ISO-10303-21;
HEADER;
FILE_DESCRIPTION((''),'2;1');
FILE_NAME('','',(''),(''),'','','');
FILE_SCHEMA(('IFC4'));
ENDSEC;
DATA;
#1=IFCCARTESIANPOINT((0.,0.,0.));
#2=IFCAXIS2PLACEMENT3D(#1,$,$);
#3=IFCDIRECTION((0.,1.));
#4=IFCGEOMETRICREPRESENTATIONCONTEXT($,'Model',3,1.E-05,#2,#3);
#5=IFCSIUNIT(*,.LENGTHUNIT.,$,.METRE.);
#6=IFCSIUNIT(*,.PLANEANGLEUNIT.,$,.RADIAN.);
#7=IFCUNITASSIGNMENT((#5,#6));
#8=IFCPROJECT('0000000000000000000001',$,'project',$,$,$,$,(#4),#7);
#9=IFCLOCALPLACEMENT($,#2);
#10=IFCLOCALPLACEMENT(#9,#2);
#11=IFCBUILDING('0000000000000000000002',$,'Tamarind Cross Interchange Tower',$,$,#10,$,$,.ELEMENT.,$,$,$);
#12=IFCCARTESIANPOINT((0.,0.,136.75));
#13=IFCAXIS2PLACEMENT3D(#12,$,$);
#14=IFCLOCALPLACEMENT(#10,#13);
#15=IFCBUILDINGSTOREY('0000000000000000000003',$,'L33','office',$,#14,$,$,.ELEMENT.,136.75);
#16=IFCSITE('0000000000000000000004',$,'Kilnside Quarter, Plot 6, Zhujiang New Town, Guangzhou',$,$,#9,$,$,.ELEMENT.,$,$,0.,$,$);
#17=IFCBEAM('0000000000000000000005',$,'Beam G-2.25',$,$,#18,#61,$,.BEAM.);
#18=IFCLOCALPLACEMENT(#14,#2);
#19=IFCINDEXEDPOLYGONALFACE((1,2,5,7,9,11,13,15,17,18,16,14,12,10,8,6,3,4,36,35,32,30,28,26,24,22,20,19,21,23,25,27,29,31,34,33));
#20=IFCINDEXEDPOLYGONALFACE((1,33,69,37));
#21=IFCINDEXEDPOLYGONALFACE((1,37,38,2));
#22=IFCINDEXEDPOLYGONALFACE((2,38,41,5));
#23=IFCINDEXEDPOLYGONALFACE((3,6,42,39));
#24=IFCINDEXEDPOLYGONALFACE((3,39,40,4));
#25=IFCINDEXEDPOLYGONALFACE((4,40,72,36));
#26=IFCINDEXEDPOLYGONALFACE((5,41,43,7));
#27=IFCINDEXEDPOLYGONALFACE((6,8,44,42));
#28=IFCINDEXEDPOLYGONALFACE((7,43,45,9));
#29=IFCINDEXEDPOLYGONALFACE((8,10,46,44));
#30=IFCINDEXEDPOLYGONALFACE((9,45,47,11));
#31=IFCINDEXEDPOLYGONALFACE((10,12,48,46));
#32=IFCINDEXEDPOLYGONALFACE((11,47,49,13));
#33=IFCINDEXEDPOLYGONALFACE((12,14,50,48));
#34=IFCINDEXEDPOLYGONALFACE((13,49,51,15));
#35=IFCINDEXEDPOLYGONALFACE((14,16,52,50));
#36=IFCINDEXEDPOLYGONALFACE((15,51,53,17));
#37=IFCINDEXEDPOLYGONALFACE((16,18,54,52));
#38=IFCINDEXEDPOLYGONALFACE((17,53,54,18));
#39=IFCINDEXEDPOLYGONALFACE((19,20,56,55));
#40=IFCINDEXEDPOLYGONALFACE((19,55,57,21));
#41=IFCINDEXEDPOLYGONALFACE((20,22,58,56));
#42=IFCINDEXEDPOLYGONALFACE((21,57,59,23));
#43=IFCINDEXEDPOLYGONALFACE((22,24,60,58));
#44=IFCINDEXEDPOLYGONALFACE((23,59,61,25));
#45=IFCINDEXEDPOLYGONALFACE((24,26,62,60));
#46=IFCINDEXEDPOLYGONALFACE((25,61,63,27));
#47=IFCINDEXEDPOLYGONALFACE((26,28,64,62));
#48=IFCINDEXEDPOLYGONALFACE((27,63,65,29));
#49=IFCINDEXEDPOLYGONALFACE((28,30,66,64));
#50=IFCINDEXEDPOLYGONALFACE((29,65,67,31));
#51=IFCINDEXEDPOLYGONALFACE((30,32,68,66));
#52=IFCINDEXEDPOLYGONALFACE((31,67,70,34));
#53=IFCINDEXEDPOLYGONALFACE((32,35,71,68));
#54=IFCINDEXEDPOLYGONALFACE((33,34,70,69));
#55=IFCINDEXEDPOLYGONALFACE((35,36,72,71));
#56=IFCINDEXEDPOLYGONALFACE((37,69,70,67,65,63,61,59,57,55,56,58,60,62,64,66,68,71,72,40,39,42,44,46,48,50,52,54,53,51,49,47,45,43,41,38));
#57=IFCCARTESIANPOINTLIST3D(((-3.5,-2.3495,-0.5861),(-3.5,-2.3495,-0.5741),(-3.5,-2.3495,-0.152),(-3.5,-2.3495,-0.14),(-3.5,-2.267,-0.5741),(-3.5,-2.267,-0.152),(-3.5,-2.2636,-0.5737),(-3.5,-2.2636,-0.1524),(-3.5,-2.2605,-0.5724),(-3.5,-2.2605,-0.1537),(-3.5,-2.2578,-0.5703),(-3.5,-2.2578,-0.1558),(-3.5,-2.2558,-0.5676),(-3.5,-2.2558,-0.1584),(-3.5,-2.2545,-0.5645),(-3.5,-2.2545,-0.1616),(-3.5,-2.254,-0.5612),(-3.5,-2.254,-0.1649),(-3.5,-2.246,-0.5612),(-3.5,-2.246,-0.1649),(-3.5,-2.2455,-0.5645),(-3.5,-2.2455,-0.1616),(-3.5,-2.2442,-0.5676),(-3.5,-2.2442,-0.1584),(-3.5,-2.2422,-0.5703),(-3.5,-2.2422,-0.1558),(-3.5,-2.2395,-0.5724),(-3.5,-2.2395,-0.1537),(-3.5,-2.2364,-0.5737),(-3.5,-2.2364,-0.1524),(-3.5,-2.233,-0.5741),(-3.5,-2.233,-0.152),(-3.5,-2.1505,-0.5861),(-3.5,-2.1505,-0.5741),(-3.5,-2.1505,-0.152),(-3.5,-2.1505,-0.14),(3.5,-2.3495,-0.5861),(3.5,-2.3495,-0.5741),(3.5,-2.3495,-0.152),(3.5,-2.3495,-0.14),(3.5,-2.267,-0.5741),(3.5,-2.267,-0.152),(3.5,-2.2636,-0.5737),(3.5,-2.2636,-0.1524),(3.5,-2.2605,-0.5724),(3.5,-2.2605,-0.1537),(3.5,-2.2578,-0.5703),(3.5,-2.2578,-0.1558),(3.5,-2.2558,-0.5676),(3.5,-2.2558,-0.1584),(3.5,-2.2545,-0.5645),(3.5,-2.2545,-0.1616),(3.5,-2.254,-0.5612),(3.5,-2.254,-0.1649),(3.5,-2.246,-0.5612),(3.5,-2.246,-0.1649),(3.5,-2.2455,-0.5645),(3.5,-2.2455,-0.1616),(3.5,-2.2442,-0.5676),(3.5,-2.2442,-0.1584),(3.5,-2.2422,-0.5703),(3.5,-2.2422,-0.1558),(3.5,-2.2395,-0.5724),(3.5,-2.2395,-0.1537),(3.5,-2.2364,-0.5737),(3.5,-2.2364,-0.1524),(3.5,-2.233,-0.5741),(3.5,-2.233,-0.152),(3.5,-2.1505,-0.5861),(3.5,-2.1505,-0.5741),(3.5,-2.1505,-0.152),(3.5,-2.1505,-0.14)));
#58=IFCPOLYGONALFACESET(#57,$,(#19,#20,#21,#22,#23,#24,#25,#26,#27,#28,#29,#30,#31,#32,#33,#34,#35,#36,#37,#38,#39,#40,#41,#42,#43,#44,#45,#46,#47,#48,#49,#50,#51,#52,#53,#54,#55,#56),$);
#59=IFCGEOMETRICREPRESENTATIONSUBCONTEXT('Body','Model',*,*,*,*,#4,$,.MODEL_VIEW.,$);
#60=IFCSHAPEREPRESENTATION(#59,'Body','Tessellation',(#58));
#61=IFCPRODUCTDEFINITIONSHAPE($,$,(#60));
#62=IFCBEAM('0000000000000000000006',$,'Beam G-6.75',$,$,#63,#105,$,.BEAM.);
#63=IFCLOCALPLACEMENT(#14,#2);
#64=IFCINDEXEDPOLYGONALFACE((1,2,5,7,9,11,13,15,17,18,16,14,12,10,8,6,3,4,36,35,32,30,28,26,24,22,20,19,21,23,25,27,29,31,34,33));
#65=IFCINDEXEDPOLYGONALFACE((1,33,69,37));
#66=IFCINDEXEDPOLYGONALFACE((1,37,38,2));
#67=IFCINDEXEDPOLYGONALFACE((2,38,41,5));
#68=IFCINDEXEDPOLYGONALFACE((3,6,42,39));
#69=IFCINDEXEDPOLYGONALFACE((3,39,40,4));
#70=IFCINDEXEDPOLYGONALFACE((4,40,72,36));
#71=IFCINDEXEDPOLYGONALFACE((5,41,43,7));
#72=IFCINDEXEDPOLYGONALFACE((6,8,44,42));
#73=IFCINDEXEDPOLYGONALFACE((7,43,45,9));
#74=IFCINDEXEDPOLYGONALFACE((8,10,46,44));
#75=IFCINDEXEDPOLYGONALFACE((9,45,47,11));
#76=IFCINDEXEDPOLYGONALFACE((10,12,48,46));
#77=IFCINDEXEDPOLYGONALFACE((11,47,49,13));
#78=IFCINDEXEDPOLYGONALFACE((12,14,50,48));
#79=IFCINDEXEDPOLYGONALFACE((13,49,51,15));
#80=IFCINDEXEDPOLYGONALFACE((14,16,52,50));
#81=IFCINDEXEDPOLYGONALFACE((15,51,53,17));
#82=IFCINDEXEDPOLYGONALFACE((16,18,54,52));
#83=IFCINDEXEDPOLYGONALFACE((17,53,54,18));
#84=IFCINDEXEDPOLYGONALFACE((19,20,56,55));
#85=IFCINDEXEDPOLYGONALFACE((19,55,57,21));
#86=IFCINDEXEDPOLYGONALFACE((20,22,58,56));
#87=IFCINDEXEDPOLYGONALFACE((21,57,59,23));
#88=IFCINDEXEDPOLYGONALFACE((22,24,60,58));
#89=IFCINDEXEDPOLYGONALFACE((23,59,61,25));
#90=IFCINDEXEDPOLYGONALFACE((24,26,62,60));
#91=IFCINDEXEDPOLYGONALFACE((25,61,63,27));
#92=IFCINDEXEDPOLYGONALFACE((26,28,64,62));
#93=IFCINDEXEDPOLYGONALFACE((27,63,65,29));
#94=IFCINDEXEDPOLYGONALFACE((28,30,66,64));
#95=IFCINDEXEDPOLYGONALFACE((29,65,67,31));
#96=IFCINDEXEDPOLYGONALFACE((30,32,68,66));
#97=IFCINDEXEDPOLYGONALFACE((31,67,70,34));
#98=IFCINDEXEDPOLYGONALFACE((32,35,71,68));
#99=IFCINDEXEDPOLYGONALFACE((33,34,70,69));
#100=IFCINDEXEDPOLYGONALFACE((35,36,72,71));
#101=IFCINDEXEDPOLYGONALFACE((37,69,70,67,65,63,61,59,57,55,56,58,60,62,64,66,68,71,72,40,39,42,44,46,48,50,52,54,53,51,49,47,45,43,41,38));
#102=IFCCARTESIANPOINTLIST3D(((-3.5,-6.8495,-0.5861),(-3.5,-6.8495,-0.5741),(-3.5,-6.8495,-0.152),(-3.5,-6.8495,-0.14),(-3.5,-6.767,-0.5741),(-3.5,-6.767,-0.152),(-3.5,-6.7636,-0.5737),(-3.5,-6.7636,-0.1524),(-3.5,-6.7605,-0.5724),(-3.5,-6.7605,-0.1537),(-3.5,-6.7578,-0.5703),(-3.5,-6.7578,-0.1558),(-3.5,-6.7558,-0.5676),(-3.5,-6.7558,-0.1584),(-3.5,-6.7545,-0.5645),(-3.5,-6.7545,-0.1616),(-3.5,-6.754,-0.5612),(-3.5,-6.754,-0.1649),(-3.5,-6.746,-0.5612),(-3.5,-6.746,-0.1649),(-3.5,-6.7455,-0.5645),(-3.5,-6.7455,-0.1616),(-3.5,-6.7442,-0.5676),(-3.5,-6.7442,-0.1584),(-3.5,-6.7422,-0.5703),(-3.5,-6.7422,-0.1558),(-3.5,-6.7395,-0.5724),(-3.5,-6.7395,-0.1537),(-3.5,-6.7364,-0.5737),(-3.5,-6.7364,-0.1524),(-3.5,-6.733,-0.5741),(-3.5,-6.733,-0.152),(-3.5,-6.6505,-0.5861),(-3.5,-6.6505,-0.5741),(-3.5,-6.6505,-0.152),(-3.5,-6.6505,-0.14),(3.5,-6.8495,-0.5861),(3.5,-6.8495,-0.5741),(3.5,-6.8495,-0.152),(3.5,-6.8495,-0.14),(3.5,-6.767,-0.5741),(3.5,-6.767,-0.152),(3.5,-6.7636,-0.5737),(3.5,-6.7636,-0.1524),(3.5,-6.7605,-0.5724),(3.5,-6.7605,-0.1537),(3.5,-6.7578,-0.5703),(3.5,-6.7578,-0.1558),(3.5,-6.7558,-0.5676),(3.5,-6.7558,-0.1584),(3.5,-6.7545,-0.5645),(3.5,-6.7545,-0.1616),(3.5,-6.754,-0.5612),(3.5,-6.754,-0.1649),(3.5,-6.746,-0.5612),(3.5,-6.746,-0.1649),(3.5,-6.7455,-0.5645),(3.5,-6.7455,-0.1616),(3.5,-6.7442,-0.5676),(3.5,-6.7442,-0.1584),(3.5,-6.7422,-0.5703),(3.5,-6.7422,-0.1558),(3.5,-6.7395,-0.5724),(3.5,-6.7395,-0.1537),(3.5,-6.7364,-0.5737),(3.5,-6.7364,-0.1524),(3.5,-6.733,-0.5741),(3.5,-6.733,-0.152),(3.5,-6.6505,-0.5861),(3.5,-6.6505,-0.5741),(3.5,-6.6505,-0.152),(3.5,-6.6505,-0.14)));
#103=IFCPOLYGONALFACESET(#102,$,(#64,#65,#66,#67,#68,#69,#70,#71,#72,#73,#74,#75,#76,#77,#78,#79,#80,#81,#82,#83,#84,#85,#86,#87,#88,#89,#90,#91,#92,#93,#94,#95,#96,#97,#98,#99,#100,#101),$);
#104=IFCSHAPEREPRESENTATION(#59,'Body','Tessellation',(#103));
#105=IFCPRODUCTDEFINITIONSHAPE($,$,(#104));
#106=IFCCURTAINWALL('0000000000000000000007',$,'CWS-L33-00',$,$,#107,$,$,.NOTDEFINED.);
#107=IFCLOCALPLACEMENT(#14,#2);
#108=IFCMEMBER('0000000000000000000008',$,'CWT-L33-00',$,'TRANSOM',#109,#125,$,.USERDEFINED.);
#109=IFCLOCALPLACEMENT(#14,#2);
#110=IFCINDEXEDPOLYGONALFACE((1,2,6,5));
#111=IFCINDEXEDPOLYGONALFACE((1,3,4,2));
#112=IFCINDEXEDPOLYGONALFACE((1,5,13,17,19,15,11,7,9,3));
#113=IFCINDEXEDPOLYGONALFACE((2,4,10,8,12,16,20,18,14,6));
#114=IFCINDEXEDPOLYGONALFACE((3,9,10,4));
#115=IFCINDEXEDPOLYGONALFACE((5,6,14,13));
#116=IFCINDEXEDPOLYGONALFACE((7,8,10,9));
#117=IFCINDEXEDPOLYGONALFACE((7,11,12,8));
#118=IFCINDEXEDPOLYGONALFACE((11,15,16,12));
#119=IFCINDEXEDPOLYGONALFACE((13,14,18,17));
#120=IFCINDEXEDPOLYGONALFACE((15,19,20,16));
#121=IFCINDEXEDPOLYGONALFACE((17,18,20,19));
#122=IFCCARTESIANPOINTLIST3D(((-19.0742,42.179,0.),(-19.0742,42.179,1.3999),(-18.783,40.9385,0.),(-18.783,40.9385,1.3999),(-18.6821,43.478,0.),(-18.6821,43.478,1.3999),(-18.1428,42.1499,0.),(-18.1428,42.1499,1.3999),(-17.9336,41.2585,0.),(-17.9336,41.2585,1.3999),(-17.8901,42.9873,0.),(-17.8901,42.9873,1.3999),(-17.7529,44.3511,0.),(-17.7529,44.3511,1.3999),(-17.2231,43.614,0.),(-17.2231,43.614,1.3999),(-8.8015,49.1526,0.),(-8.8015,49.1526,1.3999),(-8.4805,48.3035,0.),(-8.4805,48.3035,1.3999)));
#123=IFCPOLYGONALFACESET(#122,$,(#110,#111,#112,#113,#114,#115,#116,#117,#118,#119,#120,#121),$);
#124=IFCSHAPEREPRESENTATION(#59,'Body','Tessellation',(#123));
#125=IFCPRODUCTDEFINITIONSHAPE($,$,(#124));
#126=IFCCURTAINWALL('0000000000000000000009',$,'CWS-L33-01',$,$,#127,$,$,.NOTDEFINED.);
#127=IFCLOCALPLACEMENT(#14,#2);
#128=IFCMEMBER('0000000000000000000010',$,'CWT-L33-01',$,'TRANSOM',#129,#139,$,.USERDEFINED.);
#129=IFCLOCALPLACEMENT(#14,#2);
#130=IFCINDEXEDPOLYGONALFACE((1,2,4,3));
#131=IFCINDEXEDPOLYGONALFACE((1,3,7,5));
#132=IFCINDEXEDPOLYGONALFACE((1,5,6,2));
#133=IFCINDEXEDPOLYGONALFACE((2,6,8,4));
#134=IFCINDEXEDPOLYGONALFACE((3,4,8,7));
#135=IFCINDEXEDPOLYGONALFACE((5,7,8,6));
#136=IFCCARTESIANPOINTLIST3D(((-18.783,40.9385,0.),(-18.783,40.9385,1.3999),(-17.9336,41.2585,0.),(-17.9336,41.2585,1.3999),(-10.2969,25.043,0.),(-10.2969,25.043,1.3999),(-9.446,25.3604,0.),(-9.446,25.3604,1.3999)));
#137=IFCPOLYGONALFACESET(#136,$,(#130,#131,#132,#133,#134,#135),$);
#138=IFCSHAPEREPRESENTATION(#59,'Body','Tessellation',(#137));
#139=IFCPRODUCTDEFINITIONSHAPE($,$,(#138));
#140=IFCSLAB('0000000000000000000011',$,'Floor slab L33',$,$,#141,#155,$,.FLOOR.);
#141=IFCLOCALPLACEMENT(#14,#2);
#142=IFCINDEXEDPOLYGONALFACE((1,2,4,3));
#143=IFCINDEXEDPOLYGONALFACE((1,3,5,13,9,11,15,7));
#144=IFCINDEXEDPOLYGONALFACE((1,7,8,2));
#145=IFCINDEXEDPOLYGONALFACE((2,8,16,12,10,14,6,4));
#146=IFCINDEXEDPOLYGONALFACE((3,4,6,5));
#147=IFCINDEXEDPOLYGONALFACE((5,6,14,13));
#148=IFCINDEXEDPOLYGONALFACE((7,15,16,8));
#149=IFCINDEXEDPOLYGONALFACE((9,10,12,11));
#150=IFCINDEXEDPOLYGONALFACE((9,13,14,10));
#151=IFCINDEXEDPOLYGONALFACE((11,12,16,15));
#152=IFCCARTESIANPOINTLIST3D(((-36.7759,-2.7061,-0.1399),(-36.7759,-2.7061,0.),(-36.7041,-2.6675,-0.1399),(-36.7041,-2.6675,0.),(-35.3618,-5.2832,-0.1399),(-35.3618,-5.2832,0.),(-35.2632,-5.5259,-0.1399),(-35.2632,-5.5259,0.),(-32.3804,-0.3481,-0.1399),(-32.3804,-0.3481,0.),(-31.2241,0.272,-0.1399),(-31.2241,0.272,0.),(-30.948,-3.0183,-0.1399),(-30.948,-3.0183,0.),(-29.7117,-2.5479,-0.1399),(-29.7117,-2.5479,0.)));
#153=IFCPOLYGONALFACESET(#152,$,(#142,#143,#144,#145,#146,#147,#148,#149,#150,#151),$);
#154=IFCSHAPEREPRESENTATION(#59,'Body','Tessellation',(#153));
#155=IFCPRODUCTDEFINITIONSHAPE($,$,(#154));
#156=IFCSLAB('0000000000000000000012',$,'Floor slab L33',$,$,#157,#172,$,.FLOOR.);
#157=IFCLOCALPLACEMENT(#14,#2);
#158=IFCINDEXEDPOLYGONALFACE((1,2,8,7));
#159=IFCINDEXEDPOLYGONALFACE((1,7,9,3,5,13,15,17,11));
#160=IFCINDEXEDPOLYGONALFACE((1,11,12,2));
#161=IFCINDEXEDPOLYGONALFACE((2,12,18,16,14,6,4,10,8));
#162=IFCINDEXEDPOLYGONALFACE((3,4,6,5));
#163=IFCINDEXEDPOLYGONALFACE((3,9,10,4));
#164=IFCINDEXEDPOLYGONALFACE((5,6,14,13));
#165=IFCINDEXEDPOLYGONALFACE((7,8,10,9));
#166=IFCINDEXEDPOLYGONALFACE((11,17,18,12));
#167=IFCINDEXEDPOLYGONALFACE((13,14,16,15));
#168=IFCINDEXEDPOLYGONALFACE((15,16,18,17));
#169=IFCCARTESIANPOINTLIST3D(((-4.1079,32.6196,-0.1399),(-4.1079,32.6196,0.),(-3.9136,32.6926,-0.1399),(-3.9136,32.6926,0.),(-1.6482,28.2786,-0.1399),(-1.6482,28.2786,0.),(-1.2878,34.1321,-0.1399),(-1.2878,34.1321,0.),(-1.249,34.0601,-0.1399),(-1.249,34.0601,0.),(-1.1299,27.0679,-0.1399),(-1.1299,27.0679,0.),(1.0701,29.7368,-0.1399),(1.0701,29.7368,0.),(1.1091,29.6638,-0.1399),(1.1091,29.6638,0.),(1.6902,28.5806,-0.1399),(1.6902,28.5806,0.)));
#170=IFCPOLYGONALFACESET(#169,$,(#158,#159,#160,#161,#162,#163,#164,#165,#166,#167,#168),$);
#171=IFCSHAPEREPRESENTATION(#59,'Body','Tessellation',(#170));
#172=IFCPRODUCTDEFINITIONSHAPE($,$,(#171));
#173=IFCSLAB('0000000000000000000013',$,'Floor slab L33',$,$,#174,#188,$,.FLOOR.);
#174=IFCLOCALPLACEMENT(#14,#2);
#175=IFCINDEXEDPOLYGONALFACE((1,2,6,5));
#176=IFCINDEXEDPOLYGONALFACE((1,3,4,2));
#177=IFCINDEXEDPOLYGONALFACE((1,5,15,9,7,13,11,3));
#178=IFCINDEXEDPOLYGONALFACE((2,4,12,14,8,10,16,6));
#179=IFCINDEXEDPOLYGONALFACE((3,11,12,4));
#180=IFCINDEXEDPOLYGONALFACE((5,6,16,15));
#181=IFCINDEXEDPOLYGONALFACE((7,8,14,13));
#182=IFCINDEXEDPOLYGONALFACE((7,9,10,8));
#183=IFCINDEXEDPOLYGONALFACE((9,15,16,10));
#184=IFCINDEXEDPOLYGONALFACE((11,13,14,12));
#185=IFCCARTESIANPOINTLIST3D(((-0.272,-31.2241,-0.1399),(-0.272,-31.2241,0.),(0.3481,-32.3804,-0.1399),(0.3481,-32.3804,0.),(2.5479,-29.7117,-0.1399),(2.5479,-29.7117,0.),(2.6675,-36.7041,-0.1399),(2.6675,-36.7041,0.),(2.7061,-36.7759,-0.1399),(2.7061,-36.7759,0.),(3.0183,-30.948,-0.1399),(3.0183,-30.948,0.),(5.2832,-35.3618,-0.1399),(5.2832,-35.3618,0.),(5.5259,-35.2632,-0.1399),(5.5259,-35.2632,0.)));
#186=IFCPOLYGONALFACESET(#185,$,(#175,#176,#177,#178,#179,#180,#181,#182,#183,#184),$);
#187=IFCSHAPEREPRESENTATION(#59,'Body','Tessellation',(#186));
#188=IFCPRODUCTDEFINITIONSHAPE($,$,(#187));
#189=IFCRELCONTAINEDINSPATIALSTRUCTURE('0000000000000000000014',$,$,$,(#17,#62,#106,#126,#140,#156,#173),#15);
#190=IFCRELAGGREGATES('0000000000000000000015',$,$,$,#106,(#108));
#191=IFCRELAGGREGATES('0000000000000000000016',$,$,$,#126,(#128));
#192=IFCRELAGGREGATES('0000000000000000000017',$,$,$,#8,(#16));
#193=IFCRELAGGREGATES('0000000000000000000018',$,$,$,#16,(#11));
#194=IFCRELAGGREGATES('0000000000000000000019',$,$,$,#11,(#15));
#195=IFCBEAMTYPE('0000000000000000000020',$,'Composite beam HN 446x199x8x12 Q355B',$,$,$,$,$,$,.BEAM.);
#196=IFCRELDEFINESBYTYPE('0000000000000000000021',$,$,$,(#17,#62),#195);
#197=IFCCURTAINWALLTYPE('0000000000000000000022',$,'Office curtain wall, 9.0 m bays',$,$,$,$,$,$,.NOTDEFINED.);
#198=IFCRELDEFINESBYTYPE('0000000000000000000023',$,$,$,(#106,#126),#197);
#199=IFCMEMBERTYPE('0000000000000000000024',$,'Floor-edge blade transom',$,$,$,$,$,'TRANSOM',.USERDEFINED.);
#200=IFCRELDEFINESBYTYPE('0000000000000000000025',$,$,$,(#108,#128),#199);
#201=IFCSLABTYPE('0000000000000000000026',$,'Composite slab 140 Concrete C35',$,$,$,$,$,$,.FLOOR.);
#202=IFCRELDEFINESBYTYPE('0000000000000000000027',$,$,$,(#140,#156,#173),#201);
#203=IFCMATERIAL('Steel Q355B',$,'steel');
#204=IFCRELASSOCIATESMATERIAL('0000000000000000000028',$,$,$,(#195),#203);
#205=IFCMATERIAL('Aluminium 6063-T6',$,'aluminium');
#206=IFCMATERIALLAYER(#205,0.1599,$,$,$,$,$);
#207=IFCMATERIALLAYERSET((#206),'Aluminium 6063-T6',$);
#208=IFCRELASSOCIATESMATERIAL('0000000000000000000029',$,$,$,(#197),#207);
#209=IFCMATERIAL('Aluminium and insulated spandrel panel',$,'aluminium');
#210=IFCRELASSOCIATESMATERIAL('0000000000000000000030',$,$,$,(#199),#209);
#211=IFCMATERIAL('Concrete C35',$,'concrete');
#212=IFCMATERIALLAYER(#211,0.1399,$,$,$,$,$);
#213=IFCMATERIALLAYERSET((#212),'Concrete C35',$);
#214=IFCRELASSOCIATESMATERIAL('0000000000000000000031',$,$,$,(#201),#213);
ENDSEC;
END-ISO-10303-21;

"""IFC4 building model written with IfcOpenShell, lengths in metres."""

from ifc_helpers import new_model, si_unit, direction, frame, origin, origin_2d, place, context, subcontext, project, spatial, polyline, i_section, outline, extrude, material, layer, layer_set, material_profile, profile_set, type_object, element, aggregate, save


model = new_model("IFC4")

# Units and contexts
model_context = context("Model", 3, precision=1e-05, world=origin(), true_north=direction((0.0, 1.0)))
body_context = subcontext(model_context, "Body", "Model", "MODEL_VIEW")
ifc_project = project(units=[si_unit("LENGTHUNIT", "METRE"), si_unit("PLANEANGLEUNIT", "RADIAN")], contexts=[model_context])

# Site, building, storey
site_placement = place(None, origin())
site = spatial("IfcSite", under=ifc_project, at=site_placement, Name="Kilnside Quarter, Plot 6, Zhujiang New Town, Guangzhou", CompositionType="ELEMENT", RefElevation=0.0)
building_placement = place(site_placement, origin())
building = spatial("IfcBuilding", under=site, at=building_placement, Name="Tamarind Cross Interchange Tower", CompositionType="ELEMENT")
storey_placement = place(building_placement, frame((0.0, 0.0, 136.75)))
storey = spatial("IfcBuildingStorey", under=building, at=storey_placement, Name="L33", Description="office", CompositionType="ELEMENT", Elevation=136.75)

# Beams
ifc_material_1 = material(Name="Steel Q355B", Category="steel")
ifc_material_profile = material_profile(ifc_material_1, i_section(OverallWidth=0.199, OverallDepth=0.446, WebThickness=0.0081, FlangeThickness=0.012, FilletRadius=0.0129, at=origin_2d()), Name="HN 446x199x8x12")
ifc_profile_set = profile_set([ifc_material_profile], Name="Steel Q355B")
beam_type = type_object("IfcBeamType", Name="Composite beam HN 446x199x8x12 Q355B", PredefinedType="BEAM", material=ifc_profile_set)
for number, where, z_axis, x_axis, name in (
    (1, (-3.5, -2.25, -0.363), (1.0, 0.0, 0.0), (0.0, 1.0, 0.0), "Beam G-2.25"),
    (2, (-3.5, -6.75, -0.363), (1.0, 0.0, 0.0), (0.0, 1.0, 0.0), "Beam G-6.75"),
):
    element("IfcBeam", number, at=place(storey_placement, frame(where, z_axis=z_axis, x_axis=x_axis)), inside=storey, type_object=beam_type, Name=name, PredefinedType="BEAM", context=body_context, shape_type="SweptSolid", body=[
        extrude(i_section(OverallWidth=0.199, OverallDepth=0.446, WebThickness=0.0081, FlangeThickness=0.012, FilletRadius=0.0129, at=origin_2d()), origin(), (0.0, 0.0, 1.0), 7.0),
    ])

# Curtain walls, members
ifc_material_2 = material(Name="Aluminium 6063-T6", Category="aluminium")
ifc_layer_1 = layer(ifc_material_2, 0.1599)
ifc_layer_set_1 = layer_set([ifc_layer_1], Name="Aluminium 6063-T6")
curtain_wall_type = type_object("IfcCurtainWallType", Name="Office curtain wall, 9.0 m bays", PredefinedType="NOTDEFINED", material=ifc_layer_set_1)
curtain_wall_1_placement = place(storey_placement, origin())
curtain_wall_1 = element("IfcCurtainWall", 3, at=curtain_wall_1_placement, inside=storey, type_object=curtain_wall_type, Name="CWS-L33-00", PredefinedType="NOTDEFINED")
ifc_material_3 = material(Name="Aluminium and insulated spandrel panel", Category="aluminium")
member_type = type_object("IfcMemberType", Name="Floor-edge blade transom", ElementType="TRANSOM", PredefinedType="USERDEFINED", material=ifc_material_3)
member_1_placement = place(storey_placement, origin())
member_1 = element("IfcMember", 4, at=member_1_placement, type_object=member_type, Name="CWT-L33-00", ObjectType="TRANSOM", PredefinedType="USERDEFINED", context=body_context, shape_type="SweptSolid", body=[
    extrude(outline(polyline([(-8.4805, 48.3035), (-17.2231, 43.614), (-17.8901, 42.9873), (-18.1428, 42.1499), (-17.9336, 41.2585), (-18.783, 40.9385), (-19.0742, 42.179), (-18.6821, 43.478), (-17.7529, 44.3511), (-8.8015, 49.1526), (-8.4805, 48.3035)])), origin(), (0.0, 0.0, 1.0), 1.3999),
])
curtain_wall_2_placement = place(storey_placement, origin())
curtain_wall_2 = element("IfcCurtainWall", 5, at=curtain_wall_2_placement, inside=storey, type_object=curtain_wall_type, Name="CWS-L33-01", PredefinedType="NOTDEFINED")
member_2_placement = place(storey_placement, origin())
member_2 = element("IfcMember", 6, at=member_2_placement, type_object=member_type, Name="CWT-L33-01", ObjectType="TRANSOM", PredefinedType="USERDEFINED", context=body_context, shape_type="SweptSolid", body=[
    extrude(outline(polyline([(-17.9336, 41.2585), (-9.446, 25.3604), (-10.2969, 25.043), (-18.783, 40.9385), (-17.9336, 41.2585)])), origin(), (0.0, 0.0, 1.0), 1.3999),
])

# Slabs
ifc_material_4 = material(Name="Concrete C35", Category="concrete")
ifc_layer_2 = layer(ifc_material_4, 0.1399)
ifc_layer_set_2 = layer_set([ifc_layer_2], Name="Concrete C35")
slab_type = type_object("IfcSlabType", Name="Composite slab 140 Concrete C35", PredefinedType="FLOOR", material=ifc_layer_set_2)
slab_1_placement = place(storey_placement, frame((0.0, 0.0, -0.1399)))
element("IfcSlab", 7, at=slab_1_placement, inside=storey, type_object=slab_type, Name="Floor slab L33", PredefinedType="FLOOR", context=body_context, shape_type="SweptSolid", body=[
    extrude(outline(polyline([(-36.7759, -2.7061), (-35.2632, -5.5259), (-29.7117, -2.5479), (-31.2241, 0.272), (-32.3804, -0.3481), (-30.948, -3.0183), (-35.3618, -5.2832), (-36.7041, -2.6675), (-36.7759, -2.7061)])), origin(), (0.0, 0.0, 1.0), 0.1399),
])
slab_2_placement = place(storey_placement, frame((0.0, 0.0, -0.1399)))
element("IfcSlab", 8, at=slab_2_placement, inside=storey, type_object=slab_type, Name="Floor slab L33", PredefinedType="FLOOR", context=body_context, shape_type="SweptSolid", body=[
    extrude(outline(polyline([(-1.1299, 27.0679), (1.6902, 28.5806), (1.1091, 29.6638), (1.0701, 29.7368), (-1.6482, 28.2786), (-3.9136, 32.6926), (-1.249, 34.0601), (-1.2878, 34.1321), (-4.1079, 32.6196), (-1.1299, 27.0679)])), origin(), (0.0, 0.0, 1.0), 0.1399),
])
slab_3_placement = place(storey_placement, frame((0.0, 0.0, -0.1399)))
element("IfcSlab", 9, at=slab_3_placement, inside=storey, type_object=slab_type, Name="Floor slab L33", PredefinedType="FLOOR", context=body_context, shape_type="SweptSolid", body=[
    extrude(outline(polyline([(2.7061, -36.7759), (5.5259, -35.2632), (2.5479, -29.7117), (-0.272, -31.2241), (0.3481, -32.3804), (3.0183, -30.948), (5.2832, -35.3618), (2.6675, -36.7041), (2.7061, -36.7759)])), origin(), (0.0, 0.0, 1.0), 0.1399),
])

aggregate(curtain_wall_1, [member_1])
aggregate(curtain_wall_2, [member_2])

save(model, "model.ifc")
